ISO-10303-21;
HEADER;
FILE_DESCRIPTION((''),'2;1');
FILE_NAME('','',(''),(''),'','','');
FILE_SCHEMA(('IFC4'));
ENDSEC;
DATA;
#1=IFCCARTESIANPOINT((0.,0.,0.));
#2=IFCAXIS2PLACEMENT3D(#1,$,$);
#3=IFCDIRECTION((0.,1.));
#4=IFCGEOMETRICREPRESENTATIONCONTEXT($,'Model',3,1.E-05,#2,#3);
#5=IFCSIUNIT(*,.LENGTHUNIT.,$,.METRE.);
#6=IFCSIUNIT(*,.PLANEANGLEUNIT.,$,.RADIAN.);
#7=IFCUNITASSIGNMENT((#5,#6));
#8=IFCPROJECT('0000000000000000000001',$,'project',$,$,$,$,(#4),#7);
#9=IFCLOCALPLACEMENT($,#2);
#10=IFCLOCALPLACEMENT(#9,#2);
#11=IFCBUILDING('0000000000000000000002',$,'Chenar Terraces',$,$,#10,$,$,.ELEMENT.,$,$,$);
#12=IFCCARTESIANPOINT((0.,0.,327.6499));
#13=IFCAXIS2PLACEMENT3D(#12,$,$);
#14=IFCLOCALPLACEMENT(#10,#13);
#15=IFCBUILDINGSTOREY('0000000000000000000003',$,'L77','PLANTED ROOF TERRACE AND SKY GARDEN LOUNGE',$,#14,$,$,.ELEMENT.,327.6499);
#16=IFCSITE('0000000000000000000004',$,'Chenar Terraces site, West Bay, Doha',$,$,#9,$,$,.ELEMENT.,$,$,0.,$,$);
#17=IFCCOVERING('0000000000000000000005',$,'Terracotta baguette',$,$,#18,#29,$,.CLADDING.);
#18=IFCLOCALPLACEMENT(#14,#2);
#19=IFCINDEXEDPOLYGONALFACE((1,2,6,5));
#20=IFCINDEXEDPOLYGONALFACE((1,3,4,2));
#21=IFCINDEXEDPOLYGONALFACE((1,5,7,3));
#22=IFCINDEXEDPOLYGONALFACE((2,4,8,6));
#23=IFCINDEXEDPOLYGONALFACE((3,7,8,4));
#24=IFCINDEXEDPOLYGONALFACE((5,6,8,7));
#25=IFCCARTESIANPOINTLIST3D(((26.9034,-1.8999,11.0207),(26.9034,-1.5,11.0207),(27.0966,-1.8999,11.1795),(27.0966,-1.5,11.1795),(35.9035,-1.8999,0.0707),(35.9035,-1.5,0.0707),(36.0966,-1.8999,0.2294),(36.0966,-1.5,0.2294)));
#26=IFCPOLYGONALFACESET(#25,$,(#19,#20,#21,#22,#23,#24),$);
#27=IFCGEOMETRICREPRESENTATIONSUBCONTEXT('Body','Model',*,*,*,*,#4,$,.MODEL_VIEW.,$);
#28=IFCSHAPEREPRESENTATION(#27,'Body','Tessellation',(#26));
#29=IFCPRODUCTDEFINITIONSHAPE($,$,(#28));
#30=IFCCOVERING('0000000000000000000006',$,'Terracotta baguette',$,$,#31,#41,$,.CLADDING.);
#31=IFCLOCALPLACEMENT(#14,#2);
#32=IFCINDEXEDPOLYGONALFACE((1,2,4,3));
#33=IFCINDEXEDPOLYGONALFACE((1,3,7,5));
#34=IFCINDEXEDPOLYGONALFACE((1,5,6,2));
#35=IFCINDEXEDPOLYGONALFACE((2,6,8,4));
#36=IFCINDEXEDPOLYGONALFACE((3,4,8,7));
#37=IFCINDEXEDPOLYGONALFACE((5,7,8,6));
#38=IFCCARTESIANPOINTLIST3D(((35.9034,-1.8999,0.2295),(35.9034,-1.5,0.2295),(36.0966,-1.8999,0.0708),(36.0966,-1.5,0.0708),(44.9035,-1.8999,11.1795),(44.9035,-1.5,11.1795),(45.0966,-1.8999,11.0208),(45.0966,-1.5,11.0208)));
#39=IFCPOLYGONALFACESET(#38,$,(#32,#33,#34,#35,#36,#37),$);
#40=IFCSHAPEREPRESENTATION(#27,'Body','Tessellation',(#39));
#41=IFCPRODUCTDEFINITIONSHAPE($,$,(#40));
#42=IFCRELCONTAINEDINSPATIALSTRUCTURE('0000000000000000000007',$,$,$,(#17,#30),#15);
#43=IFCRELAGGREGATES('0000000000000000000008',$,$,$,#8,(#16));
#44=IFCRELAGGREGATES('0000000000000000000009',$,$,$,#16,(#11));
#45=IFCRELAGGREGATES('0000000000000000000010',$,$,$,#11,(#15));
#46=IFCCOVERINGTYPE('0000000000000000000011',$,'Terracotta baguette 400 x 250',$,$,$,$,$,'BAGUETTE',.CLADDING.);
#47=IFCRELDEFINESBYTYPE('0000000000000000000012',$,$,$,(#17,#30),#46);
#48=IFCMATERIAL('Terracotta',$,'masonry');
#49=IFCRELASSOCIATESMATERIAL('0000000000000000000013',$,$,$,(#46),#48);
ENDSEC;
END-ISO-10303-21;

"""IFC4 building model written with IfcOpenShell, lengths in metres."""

from ifc_helpers import new_model, si_unit, direction, frame, origin, origin_2d, place, context, subcontext, project, spatial, rectangle, extrude, material, material_profile, profile_set, type_object, element, save


model = new_model("IFC4")

# Units and contexts
model_context = context("Model", 3, precision=1e-05, world=origin(), true_north=direction((0.0, 1.0)))
body_context = subcontext(model_context, "Body", "Model", "MODEL_VIEW")
ifc_project = project(units=[si_unit("LENGTHUNIT", "METRE"), si_unit("PLANEANGLEUNIT", "RADIAN")], contexts=[model_context])

# Site, building, storey
site_placement = place(None, origin())
site = spatial("IfcSite", under=ifc_project, at=site_placement, Name="Chenar Terraces site, West Bay, Doha", CompositionType="ELEMENT", RefElevation=0.0)
building_placement = place(site_placement, origin())
building = spatial("IfcBuilding", under=site, at=building_placement, Name="Chenar Terraces", CompositionType="ELEMENT")
storey_placement = place(building_placement, frame((0.0, 0.0, 327.6499)))
storey = spatial("IfcBuildingStorey", under=building, at=storey_placement, Name="L77", Description="PLANTED ROOF TERRACE AND SKY GARDEN LOUNGE", CompositionType="ELEMENT", Elevation=327.6499)

# Coverings
ifc_material_1 = material(Name="Terracotta", Category="masonry")
ifc_material_profile_1 = material_profile(ifc_material_1, rectangle(XDim=0.3999, YDim=0.25, at=origin_2d()), Name="Terracotta baguette 400 x 250")
ifc_profile_set_1 = profile_set([ifc_material_profile_1], Name="Terracotta")
covering_type = type_object("IfcCoveringType", Name="Terracotta baguette 400 x 250", ElementType="BAGUETTE", PredefinedType="CLADDING", material=ifc_profile_set_1)
for number, where, z_axis, x_axis, name in (
    (1, (27.0, -1.7, 11.1001), (0.634967, 0.0, -0.772539), (0.0, 1.0, 0.0), "Terracotta baguette"),
    (2, (36.0, -1.7, 0.1501), (0.634967, 0.0, 0.772539), (0.0, 1.0, 0.0), "Terracotta baguette"),
):
    element("IfcCovering", number, at=place(storey_placement, frame(where, z_axis=z_axis, x_axis=x_axis)), inside=storey, type_object=covering_type, Name=name, PredefinedType="CLADDING", context=body_context, shape_type="SweptSolid", body=[
        extrude(rectangle(XDim=0.3999, YDim=0.25, at=origin_2d()), origin(), (0.0, 0.0, 1.0), 14.1741),
    ])

save(model, "model.ifc")
